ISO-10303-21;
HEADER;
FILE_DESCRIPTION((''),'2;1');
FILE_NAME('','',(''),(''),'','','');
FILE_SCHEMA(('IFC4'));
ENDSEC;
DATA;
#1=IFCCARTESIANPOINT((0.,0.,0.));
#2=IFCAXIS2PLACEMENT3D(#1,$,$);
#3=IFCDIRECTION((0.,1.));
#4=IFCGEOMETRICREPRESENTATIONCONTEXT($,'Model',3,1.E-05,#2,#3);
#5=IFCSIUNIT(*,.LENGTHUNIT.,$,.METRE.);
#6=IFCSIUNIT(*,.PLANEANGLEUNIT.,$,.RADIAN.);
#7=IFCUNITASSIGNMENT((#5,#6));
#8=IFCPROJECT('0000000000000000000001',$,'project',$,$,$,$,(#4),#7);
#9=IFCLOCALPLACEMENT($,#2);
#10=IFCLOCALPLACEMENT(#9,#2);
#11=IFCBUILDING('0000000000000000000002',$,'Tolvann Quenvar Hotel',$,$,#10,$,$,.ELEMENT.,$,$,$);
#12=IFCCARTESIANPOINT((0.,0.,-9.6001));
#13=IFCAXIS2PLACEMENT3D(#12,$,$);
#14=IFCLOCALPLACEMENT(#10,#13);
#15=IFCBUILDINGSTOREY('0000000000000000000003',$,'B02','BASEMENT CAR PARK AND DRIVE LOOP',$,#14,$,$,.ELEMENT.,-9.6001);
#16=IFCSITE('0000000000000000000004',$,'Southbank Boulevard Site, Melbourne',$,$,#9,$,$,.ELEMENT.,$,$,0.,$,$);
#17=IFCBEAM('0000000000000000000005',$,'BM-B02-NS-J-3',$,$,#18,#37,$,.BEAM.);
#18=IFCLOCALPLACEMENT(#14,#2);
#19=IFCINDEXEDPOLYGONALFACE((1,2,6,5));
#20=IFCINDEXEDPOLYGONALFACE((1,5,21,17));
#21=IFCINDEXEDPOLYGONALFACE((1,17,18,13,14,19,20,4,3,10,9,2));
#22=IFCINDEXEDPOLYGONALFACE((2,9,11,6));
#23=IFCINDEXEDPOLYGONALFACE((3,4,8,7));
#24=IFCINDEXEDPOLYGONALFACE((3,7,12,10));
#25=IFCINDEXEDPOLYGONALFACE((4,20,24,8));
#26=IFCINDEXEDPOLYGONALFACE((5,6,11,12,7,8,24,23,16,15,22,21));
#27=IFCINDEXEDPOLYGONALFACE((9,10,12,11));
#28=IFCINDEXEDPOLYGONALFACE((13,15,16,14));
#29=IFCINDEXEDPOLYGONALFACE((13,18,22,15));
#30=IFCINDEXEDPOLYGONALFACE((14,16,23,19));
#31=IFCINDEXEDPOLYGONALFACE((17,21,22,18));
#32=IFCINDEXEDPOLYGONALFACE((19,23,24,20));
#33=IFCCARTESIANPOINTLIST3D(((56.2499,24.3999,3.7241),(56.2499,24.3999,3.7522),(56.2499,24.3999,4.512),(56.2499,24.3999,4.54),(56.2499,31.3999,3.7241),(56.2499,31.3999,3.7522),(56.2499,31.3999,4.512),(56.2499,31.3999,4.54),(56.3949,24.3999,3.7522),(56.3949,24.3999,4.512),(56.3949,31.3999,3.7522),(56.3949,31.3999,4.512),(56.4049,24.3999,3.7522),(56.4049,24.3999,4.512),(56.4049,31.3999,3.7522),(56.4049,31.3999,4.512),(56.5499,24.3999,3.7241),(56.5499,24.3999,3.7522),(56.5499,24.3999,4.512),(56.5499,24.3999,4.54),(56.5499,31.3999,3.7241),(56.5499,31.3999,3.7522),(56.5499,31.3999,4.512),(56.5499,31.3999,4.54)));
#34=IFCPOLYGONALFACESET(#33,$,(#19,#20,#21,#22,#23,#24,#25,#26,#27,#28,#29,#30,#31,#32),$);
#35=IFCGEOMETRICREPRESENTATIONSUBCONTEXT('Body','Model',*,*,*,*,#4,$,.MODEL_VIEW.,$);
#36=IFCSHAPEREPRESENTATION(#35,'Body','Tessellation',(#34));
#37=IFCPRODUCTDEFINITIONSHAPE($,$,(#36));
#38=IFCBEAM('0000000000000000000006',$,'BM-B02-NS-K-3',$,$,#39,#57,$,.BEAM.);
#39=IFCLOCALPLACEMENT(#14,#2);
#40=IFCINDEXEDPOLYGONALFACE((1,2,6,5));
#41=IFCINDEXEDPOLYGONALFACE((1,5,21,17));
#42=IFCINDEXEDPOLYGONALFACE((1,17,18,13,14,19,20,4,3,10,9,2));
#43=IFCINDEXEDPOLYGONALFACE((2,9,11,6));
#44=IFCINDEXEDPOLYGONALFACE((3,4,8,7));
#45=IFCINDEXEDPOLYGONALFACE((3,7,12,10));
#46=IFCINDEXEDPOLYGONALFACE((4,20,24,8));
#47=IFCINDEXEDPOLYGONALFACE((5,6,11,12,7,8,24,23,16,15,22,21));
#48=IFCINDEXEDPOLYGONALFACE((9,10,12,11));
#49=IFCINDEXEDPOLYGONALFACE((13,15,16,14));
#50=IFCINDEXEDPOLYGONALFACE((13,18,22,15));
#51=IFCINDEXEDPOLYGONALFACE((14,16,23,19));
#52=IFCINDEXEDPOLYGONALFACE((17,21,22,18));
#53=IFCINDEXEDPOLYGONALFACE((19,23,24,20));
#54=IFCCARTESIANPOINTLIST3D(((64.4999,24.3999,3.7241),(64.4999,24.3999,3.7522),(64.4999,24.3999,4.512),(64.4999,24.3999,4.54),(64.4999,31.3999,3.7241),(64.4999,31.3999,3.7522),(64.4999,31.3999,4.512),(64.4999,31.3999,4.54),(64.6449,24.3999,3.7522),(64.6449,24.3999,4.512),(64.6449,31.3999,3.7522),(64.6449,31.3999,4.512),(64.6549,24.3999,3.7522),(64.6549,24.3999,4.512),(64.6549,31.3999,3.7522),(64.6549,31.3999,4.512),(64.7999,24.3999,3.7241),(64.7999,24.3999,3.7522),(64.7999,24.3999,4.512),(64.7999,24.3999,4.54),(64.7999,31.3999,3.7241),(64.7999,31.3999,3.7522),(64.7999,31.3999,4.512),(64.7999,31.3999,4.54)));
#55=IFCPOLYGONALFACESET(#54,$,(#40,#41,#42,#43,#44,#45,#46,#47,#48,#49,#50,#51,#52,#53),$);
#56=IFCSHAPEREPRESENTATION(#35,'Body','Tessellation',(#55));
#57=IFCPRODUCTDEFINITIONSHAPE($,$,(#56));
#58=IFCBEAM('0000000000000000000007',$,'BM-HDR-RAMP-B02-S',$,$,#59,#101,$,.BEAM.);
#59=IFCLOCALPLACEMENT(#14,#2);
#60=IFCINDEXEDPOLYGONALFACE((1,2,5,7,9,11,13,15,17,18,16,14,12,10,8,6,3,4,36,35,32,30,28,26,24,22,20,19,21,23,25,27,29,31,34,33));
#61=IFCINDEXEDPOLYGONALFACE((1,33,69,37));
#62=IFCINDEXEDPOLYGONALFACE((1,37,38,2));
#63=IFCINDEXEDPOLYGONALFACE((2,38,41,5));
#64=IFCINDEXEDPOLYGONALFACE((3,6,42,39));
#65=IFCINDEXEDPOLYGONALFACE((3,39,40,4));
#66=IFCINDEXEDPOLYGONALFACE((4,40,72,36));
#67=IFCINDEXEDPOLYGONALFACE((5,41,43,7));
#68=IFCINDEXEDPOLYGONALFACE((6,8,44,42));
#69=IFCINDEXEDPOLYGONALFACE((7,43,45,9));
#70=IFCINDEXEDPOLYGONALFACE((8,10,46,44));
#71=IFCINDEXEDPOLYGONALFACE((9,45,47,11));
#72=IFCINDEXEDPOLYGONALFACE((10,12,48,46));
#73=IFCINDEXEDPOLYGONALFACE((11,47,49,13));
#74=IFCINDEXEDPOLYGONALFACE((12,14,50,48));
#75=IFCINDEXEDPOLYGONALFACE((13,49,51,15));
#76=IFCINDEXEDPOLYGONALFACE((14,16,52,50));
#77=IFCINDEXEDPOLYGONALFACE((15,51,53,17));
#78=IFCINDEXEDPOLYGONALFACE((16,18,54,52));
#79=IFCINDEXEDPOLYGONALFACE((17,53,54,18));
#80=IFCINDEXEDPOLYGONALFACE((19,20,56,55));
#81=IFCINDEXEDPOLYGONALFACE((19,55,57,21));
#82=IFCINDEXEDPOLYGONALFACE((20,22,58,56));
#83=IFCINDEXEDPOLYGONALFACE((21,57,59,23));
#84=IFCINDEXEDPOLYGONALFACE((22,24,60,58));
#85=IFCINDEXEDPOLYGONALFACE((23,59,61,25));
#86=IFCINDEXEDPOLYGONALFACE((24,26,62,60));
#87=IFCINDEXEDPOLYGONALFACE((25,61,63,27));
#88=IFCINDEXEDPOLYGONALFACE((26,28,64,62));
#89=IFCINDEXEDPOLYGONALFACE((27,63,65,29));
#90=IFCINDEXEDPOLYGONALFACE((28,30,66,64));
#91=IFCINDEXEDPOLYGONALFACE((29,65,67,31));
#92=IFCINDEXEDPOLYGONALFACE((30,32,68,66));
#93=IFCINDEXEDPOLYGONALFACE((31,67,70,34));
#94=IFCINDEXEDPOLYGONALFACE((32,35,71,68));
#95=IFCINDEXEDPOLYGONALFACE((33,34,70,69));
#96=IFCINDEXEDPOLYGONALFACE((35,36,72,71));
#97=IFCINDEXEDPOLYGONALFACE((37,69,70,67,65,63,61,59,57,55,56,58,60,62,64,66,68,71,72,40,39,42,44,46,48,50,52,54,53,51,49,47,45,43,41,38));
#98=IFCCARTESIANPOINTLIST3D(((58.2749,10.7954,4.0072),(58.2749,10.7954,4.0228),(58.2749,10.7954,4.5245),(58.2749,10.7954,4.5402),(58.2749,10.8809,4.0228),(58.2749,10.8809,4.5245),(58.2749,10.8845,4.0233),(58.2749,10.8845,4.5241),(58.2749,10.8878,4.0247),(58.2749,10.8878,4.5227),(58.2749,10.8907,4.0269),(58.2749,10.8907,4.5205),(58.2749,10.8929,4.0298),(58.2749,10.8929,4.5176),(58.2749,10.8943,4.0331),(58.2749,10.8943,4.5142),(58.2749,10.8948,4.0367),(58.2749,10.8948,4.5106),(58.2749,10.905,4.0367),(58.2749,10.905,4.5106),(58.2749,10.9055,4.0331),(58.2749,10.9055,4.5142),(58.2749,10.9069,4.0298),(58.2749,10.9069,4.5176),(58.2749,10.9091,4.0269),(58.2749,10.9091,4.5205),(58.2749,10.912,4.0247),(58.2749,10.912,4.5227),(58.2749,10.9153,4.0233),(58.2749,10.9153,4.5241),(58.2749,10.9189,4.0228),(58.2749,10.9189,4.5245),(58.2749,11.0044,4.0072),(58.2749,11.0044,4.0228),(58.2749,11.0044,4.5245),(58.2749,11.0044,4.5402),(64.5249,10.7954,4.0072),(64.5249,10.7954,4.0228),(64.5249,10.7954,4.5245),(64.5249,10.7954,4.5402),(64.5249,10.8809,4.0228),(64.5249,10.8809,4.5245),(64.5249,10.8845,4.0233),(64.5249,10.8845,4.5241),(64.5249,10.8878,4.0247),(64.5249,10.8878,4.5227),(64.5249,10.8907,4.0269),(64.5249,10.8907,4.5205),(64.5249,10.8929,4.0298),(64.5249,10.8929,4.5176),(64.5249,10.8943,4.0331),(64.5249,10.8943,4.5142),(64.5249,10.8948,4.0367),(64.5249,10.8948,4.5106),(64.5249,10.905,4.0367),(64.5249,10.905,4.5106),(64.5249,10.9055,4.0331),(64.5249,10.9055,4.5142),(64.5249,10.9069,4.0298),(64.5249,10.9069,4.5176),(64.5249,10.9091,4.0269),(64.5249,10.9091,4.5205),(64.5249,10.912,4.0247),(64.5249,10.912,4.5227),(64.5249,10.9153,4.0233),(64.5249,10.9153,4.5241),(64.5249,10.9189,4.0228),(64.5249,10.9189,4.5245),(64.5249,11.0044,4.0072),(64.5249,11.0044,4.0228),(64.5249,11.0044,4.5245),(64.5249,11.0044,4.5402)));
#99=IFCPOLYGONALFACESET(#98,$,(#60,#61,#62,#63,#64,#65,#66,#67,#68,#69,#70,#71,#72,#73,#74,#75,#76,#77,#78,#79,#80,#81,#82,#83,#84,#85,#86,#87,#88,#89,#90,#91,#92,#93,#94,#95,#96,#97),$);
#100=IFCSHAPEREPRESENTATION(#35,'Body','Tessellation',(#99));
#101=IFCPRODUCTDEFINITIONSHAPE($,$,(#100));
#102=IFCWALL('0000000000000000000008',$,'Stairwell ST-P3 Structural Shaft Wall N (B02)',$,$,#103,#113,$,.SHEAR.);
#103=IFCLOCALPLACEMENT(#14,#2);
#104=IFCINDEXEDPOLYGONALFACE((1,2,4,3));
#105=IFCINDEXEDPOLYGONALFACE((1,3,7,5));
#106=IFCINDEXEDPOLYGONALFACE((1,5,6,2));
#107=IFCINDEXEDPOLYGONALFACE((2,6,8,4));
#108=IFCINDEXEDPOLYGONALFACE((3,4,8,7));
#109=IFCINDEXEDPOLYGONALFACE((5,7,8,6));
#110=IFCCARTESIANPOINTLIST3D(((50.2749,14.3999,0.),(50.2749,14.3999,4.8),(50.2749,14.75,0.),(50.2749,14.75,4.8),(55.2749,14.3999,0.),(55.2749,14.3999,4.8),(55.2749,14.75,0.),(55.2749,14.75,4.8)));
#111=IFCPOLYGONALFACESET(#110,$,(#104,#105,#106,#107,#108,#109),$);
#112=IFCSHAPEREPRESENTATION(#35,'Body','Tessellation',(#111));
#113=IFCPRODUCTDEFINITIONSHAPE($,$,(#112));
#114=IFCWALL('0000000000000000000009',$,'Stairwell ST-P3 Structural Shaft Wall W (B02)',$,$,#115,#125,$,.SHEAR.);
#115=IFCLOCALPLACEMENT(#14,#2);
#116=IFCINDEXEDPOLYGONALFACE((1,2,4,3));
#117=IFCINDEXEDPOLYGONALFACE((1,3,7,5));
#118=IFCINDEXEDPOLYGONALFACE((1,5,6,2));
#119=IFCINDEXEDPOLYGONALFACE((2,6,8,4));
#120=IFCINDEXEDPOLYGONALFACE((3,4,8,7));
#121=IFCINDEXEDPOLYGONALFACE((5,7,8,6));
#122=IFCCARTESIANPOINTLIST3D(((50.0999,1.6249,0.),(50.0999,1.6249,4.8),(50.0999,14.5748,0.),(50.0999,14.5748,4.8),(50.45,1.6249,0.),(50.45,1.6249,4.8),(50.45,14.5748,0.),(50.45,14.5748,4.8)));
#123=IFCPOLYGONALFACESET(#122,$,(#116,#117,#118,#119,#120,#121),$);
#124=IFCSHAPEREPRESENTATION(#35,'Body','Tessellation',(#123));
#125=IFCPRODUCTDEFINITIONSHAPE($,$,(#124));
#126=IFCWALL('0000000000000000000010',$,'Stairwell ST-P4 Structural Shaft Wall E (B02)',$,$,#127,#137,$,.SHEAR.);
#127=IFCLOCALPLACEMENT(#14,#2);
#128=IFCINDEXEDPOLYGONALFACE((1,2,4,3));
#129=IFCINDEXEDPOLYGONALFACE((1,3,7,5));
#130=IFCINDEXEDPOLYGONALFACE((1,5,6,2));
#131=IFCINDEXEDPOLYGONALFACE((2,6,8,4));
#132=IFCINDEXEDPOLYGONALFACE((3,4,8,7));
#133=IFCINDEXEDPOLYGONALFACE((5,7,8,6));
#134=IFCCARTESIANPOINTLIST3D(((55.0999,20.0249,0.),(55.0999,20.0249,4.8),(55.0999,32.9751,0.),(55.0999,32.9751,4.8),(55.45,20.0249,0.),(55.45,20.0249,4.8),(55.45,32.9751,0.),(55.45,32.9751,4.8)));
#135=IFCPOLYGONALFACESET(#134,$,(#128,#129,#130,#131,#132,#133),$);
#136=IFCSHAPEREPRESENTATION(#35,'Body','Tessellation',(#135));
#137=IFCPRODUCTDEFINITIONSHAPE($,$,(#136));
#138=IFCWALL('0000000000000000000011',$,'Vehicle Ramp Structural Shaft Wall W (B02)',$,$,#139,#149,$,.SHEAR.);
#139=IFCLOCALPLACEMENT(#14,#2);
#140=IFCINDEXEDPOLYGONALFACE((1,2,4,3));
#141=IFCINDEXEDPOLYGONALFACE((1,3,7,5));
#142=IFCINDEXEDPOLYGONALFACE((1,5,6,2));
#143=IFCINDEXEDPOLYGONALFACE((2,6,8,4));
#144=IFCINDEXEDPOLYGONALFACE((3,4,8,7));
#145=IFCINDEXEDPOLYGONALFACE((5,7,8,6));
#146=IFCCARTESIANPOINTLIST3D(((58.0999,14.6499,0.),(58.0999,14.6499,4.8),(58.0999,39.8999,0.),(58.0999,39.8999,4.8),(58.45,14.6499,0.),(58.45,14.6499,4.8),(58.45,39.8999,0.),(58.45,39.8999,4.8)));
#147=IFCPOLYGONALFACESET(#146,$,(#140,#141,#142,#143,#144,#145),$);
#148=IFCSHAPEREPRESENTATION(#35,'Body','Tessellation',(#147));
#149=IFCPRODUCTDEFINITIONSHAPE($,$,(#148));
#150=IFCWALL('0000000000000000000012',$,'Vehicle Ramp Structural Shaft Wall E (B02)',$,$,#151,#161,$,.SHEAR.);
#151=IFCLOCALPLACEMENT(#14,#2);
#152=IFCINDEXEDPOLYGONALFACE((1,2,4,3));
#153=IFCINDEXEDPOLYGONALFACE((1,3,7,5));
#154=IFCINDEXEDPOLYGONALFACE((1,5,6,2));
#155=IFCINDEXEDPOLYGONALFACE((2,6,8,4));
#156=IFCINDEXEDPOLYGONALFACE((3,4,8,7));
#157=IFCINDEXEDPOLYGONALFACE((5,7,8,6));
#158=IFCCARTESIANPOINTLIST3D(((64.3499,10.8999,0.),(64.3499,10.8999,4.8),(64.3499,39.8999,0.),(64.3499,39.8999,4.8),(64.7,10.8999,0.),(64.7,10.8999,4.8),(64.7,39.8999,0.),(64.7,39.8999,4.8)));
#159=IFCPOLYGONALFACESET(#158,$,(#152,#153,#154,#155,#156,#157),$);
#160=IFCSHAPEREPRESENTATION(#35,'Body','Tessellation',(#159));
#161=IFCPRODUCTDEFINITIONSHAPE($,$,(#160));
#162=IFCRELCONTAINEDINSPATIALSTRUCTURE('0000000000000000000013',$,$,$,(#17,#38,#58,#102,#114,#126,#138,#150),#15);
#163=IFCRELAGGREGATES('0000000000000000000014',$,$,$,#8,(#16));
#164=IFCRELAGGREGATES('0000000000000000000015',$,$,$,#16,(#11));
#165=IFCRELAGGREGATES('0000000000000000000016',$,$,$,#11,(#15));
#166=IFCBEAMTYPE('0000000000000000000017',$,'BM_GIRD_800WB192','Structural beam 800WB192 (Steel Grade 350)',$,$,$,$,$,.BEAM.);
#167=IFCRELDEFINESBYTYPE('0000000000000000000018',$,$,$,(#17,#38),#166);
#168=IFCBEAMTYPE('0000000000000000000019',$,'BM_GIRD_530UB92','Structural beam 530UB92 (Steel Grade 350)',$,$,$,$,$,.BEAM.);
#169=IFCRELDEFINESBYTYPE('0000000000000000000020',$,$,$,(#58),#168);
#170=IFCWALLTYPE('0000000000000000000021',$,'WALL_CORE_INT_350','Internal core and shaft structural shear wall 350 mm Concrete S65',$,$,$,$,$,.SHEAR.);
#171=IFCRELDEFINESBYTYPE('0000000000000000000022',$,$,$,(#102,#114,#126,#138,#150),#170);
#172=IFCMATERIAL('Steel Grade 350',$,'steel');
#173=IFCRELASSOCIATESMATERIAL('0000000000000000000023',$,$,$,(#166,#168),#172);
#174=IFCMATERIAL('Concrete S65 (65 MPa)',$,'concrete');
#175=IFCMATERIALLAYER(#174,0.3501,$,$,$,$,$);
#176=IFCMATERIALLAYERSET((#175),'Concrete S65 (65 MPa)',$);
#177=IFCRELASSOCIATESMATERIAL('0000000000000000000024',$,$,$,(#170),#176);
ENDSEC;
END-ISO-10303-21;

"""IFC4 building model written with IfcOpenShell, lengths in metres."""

from ifc_helpers import new_model, si_unit, direction, frame, frame_2d, origin, origin_2d, place, context, subcontext, project, spatial, rectangle, i_section, extrude, source, transform, mapped, material, layer, layer_set, material_profile, profile_set, type_object, type_shapes, element, save


model = new_model("IFC4")

# Units and contexts
model_context = context("Model", 3, precision=1e-05, world=origin(), true_north=direction((0.0, 1.0)))
body_context = subcontext(model_context, "Body", "Model", "MODEL_VIEW")
ifc_project = project(units=[si_unit("LENGTHUNIT", "METRE"), si_unit("PLANEANGLEUNIT", "RADIAN")], contexts=[model_context])

# Site, building, storey
site_placement = place(None, origin())
site = spatial("IfcSite", under=ifc_project, at=site_placement, Name="Southbank Boulevard Site, Melbourne", CompositionType="ELEMENT", RefElevation=0.0)
building_placement = place(site_placement, origin())
building = spatial("IfcBuilding", under=site, at=building_placement, Name="Tolvann Quenvar Hotel", CompositionType="ELEMENT")
storey_placement = place(building_placement, frame((0.0, 0.0, -9.6001)))
storey = spatial("IfcBuildingStorey", under=building, at=storey_placement, Name="B02", Description="BASEMENT CAR PARK AND DRIVE LOOP", CompositionType="ELEMENT", Elevation=-9.6001)

# Beams
ifc_material_1 = material(Name="Steel Grade 350", Category="steel")
ifc_material_profile_1 = material_profile(ifc_material_1, i_section(OverallWidth=0.3, OverallDepth=0.8159, WebThickness=0.01, FlangeThickness=0.0281, at=origin_2d()), Name="800WB192")
ifc_profile_set_1 = profile_set([ifc_material_profile_1], Name="Steel Grade 350")
beam_type_1 = type_object("IfcBeamType", Name="BM_GIRD_800WB192", Description="Structural beam 800WB192 (Steel Grade 350)", PredefinedType="BEAM", material=ifc_profile_set_1)
shared_shape_1 = source(origin(), body_context, "Body", "SweptSolid", [
    extrude(i_section(OverallWidth=0.3, OverallDepth=0.8159, WebThickness=0.01, FlangeThickness=0.0281, at=origin_2d()), origin(), (0.0, 0.0, 1.0), 7.0),
])
for number, where, z_axis, x_axis, name in (
    (1, (56.3999, 24.3999, 4.1321), (0.0, 1.0, 0.0), (-1.0, 0.0, 0.0), "BM-B02-NS-J-3"),
    (2, (64.6499, 24.3999, 4.1321), (0.0, 1.0, 0.0), (-1.0, 0.0, 0.0), "BM-B02-NS-K-3"),
):
    element("IfcBeam", number, at=place(storey_placement, frame(where, z_axis=z_axis, x_axis=x_axis)), inside=storey, type_object=beam_type_1, Name=name, PredefinedType="BEAM", context=body_context, shape_type="MappedRepresentation", body=[
        mapped(shared_shape_1, transform((0.0, 0.0, 0.0), x_axis=(1.0, 0.0, 0.0), y_axis=(0.0, 1.0, 0.0), z_axis=(0.0, 0.0, 1.0), scale=1.0)),
    ])
ifc_material_profile_2 = material_profile(ifc_material_1, i_section(OverallWidth=0.209, OverallDepth=0.533, WebThickness=0.0103, FlangeThickness=0.0156, FilletRadius=0.0139, at=origin_2d()), Name="530UB92")
ifc_profile_set_2 = profile_set([ifc_material_profile_2], Name="Steel Grade 350")
beam_type_2 = type_object("IfcBeamType", Name="BM_GIRD_530UB92", Description="Structural beam 530UB92 (Steel Grade 350)", PredefinedType="BEAM", material=ifc_profile_set_2)
shared_shape_2 = source(origin(), body_context, "Body", "SweptSolid", [
    extrude(i_section(OverallWidth=0.209, OverallDepth=0.533, WebThickness=0.0103, FlangeThickness=0.0156, FilletRadius=0.0139, at=origin_2d()), origin(), (0.0, 0.0, 1.0), 6.25),
])
type_shapes(beam_type_2, [shared_shape_2])
beam_placement = place(storey_placement, frame((58.2749, 10.8999, 4.2737), z_axis=(1.0, 0.0, 0.0), x_axis=(0.0, 1.0, 0.0)))
element("IfcBeam", 3, at=beam_placement, inside=storey, type_object=beam_type_2, Name="BM-HDR-RAMP-B02-S", PredefinedType="BEAM", context=body_context, shape_type="MappedRepresentation", body=[
    mapped(shared_shape_2, transform((0.0, 0.0, 0.0), x_axis=(1.0, 0.0, 0.0), y_axis=(0.0, 1.0, 0.0), z_axis=(0.0, 0.0, 1.0), scale=1.0)),
])

# Walls
ifc_material_2 = material(Name="Concrete S65 (65 MPa)", Category="concrete")
ifc_layer = layer(ifc_material_2, 0.3501)
ifc_layer_set = layer_set([ifc_layer], Name="Concrete S65 (65 MPa)")
wall_type = type_object("IfcWallType", Name="WALL_CORE_INT_350", Description="Internal core and shaft structural shear wall 350 mm Concrete S65", PredefinedType="SHEAR", material=ifc_layer_set)
wall_1_placement = place(storey_placement, frame((55.2749, 14.575, 0.0), z_axis=(0.0, 0.0, 1.0), x_axis=(-1.0, 0.0, 0.0)))
element("IfcWall", 4, at=wall_1_placement, inside=storey, type_object=wall_type, Name="Stairwell ST-P3 Structural Shaft Wall N (B02)", PredefinedType="SHEAR", context=body_context, shape_type="SweptSolid", body=[
    extrude(rectangle(XDim=5.0, YDim=0.3501, at=frame_2d((2.5, 0.0))), origin(), (0.0, 0.0, 1.0), 4.8),
])
wall_2_placement = place(storey_placement, frame((50.2749, 14.575, 0.0), z_axis=(0.0, 0.0, 1.0), x_axis=(0.0, -1.0, 0.0)))
element("IfcWall", 5, at=wall_2_placement, inside=storey, type_object=wall_type, Name="Stairwell ST-P3 Structural Shaft Wall W (B02)", PredefinedType="SHEAR", context=body_context, shape_type="SweptSolid", body=[
    extrude(rectangle(XDim=12.95, YDim=0.3501, at=frame_2d((6.4751, 0.0))), origin(), (0.0, 0.0, 1.0), 4.8),
])
wall_3_placement = place(storey_placement, frame((55.2749, 20.0249, 0.0), z_axis=(0.0, 0.0, 1.0), x_axis=(0.0, 1.0, 0.0)))
element("IfcWall", 6, at=wall_3_placement, inside=storey, type_object=wall_type, Name="Stairwell ST-P4 Structural Shaft Wall E (B02)", PredefinedType="SHEAR", context=body_context, shape_type="SweptSolid", body=[
    extrude(rectangle(XDim=12.9502, YDim=0.3501, at=frame_2d((6.4751, 0.0))), origin(), (0.0, 0.0, 1.0), 4.8),
])
wall_4_placement = place(storey_placement, frame((58.2749, 14.6499, 0.0), z_axis=(0.0, 0.0, 1.0), x_axis=(0.0, 1.0, 0.0)))
element("IfcWall", 7, at=wall_4_placement, inside=storey, type_object=wall_type, Name="Vehicle Ramp Structural Shaft Wall W (B02)", PredefinedType="SHEAR", context=body_context, shape_type="SweptSolid", body=[
    extrude(rectangle(XDim=25.25, YDim=0.3501, at=frame_2d((12.625, 0.0))), origin(), (0.0, 0.0, 1.0), 4.8),
])
wall_5_placement = place(storey_placement, frame((64.5249, 10.8999, 0.0), z_axis=(0.0, 0.0, 1.0), x_axis=(0.0, 1.0, 0.0)))
element("IfcWall", 8, at=wall_5_placement, inside=storey, type_object=wall_type, Name="Vehicle Ramp Structural Shaft Wall E (B02)", PredefinedType="SHEAR", context=body_context, shape_type="SweptSolid", body=[
    extrude(rectangle(XDim=29.0, YDim=0.3501, at=frame_2d((14.5, 0.0))), origin(), (0.0, 0.0, 1.0), 4.8),
])

save(model, "model.ifc")
